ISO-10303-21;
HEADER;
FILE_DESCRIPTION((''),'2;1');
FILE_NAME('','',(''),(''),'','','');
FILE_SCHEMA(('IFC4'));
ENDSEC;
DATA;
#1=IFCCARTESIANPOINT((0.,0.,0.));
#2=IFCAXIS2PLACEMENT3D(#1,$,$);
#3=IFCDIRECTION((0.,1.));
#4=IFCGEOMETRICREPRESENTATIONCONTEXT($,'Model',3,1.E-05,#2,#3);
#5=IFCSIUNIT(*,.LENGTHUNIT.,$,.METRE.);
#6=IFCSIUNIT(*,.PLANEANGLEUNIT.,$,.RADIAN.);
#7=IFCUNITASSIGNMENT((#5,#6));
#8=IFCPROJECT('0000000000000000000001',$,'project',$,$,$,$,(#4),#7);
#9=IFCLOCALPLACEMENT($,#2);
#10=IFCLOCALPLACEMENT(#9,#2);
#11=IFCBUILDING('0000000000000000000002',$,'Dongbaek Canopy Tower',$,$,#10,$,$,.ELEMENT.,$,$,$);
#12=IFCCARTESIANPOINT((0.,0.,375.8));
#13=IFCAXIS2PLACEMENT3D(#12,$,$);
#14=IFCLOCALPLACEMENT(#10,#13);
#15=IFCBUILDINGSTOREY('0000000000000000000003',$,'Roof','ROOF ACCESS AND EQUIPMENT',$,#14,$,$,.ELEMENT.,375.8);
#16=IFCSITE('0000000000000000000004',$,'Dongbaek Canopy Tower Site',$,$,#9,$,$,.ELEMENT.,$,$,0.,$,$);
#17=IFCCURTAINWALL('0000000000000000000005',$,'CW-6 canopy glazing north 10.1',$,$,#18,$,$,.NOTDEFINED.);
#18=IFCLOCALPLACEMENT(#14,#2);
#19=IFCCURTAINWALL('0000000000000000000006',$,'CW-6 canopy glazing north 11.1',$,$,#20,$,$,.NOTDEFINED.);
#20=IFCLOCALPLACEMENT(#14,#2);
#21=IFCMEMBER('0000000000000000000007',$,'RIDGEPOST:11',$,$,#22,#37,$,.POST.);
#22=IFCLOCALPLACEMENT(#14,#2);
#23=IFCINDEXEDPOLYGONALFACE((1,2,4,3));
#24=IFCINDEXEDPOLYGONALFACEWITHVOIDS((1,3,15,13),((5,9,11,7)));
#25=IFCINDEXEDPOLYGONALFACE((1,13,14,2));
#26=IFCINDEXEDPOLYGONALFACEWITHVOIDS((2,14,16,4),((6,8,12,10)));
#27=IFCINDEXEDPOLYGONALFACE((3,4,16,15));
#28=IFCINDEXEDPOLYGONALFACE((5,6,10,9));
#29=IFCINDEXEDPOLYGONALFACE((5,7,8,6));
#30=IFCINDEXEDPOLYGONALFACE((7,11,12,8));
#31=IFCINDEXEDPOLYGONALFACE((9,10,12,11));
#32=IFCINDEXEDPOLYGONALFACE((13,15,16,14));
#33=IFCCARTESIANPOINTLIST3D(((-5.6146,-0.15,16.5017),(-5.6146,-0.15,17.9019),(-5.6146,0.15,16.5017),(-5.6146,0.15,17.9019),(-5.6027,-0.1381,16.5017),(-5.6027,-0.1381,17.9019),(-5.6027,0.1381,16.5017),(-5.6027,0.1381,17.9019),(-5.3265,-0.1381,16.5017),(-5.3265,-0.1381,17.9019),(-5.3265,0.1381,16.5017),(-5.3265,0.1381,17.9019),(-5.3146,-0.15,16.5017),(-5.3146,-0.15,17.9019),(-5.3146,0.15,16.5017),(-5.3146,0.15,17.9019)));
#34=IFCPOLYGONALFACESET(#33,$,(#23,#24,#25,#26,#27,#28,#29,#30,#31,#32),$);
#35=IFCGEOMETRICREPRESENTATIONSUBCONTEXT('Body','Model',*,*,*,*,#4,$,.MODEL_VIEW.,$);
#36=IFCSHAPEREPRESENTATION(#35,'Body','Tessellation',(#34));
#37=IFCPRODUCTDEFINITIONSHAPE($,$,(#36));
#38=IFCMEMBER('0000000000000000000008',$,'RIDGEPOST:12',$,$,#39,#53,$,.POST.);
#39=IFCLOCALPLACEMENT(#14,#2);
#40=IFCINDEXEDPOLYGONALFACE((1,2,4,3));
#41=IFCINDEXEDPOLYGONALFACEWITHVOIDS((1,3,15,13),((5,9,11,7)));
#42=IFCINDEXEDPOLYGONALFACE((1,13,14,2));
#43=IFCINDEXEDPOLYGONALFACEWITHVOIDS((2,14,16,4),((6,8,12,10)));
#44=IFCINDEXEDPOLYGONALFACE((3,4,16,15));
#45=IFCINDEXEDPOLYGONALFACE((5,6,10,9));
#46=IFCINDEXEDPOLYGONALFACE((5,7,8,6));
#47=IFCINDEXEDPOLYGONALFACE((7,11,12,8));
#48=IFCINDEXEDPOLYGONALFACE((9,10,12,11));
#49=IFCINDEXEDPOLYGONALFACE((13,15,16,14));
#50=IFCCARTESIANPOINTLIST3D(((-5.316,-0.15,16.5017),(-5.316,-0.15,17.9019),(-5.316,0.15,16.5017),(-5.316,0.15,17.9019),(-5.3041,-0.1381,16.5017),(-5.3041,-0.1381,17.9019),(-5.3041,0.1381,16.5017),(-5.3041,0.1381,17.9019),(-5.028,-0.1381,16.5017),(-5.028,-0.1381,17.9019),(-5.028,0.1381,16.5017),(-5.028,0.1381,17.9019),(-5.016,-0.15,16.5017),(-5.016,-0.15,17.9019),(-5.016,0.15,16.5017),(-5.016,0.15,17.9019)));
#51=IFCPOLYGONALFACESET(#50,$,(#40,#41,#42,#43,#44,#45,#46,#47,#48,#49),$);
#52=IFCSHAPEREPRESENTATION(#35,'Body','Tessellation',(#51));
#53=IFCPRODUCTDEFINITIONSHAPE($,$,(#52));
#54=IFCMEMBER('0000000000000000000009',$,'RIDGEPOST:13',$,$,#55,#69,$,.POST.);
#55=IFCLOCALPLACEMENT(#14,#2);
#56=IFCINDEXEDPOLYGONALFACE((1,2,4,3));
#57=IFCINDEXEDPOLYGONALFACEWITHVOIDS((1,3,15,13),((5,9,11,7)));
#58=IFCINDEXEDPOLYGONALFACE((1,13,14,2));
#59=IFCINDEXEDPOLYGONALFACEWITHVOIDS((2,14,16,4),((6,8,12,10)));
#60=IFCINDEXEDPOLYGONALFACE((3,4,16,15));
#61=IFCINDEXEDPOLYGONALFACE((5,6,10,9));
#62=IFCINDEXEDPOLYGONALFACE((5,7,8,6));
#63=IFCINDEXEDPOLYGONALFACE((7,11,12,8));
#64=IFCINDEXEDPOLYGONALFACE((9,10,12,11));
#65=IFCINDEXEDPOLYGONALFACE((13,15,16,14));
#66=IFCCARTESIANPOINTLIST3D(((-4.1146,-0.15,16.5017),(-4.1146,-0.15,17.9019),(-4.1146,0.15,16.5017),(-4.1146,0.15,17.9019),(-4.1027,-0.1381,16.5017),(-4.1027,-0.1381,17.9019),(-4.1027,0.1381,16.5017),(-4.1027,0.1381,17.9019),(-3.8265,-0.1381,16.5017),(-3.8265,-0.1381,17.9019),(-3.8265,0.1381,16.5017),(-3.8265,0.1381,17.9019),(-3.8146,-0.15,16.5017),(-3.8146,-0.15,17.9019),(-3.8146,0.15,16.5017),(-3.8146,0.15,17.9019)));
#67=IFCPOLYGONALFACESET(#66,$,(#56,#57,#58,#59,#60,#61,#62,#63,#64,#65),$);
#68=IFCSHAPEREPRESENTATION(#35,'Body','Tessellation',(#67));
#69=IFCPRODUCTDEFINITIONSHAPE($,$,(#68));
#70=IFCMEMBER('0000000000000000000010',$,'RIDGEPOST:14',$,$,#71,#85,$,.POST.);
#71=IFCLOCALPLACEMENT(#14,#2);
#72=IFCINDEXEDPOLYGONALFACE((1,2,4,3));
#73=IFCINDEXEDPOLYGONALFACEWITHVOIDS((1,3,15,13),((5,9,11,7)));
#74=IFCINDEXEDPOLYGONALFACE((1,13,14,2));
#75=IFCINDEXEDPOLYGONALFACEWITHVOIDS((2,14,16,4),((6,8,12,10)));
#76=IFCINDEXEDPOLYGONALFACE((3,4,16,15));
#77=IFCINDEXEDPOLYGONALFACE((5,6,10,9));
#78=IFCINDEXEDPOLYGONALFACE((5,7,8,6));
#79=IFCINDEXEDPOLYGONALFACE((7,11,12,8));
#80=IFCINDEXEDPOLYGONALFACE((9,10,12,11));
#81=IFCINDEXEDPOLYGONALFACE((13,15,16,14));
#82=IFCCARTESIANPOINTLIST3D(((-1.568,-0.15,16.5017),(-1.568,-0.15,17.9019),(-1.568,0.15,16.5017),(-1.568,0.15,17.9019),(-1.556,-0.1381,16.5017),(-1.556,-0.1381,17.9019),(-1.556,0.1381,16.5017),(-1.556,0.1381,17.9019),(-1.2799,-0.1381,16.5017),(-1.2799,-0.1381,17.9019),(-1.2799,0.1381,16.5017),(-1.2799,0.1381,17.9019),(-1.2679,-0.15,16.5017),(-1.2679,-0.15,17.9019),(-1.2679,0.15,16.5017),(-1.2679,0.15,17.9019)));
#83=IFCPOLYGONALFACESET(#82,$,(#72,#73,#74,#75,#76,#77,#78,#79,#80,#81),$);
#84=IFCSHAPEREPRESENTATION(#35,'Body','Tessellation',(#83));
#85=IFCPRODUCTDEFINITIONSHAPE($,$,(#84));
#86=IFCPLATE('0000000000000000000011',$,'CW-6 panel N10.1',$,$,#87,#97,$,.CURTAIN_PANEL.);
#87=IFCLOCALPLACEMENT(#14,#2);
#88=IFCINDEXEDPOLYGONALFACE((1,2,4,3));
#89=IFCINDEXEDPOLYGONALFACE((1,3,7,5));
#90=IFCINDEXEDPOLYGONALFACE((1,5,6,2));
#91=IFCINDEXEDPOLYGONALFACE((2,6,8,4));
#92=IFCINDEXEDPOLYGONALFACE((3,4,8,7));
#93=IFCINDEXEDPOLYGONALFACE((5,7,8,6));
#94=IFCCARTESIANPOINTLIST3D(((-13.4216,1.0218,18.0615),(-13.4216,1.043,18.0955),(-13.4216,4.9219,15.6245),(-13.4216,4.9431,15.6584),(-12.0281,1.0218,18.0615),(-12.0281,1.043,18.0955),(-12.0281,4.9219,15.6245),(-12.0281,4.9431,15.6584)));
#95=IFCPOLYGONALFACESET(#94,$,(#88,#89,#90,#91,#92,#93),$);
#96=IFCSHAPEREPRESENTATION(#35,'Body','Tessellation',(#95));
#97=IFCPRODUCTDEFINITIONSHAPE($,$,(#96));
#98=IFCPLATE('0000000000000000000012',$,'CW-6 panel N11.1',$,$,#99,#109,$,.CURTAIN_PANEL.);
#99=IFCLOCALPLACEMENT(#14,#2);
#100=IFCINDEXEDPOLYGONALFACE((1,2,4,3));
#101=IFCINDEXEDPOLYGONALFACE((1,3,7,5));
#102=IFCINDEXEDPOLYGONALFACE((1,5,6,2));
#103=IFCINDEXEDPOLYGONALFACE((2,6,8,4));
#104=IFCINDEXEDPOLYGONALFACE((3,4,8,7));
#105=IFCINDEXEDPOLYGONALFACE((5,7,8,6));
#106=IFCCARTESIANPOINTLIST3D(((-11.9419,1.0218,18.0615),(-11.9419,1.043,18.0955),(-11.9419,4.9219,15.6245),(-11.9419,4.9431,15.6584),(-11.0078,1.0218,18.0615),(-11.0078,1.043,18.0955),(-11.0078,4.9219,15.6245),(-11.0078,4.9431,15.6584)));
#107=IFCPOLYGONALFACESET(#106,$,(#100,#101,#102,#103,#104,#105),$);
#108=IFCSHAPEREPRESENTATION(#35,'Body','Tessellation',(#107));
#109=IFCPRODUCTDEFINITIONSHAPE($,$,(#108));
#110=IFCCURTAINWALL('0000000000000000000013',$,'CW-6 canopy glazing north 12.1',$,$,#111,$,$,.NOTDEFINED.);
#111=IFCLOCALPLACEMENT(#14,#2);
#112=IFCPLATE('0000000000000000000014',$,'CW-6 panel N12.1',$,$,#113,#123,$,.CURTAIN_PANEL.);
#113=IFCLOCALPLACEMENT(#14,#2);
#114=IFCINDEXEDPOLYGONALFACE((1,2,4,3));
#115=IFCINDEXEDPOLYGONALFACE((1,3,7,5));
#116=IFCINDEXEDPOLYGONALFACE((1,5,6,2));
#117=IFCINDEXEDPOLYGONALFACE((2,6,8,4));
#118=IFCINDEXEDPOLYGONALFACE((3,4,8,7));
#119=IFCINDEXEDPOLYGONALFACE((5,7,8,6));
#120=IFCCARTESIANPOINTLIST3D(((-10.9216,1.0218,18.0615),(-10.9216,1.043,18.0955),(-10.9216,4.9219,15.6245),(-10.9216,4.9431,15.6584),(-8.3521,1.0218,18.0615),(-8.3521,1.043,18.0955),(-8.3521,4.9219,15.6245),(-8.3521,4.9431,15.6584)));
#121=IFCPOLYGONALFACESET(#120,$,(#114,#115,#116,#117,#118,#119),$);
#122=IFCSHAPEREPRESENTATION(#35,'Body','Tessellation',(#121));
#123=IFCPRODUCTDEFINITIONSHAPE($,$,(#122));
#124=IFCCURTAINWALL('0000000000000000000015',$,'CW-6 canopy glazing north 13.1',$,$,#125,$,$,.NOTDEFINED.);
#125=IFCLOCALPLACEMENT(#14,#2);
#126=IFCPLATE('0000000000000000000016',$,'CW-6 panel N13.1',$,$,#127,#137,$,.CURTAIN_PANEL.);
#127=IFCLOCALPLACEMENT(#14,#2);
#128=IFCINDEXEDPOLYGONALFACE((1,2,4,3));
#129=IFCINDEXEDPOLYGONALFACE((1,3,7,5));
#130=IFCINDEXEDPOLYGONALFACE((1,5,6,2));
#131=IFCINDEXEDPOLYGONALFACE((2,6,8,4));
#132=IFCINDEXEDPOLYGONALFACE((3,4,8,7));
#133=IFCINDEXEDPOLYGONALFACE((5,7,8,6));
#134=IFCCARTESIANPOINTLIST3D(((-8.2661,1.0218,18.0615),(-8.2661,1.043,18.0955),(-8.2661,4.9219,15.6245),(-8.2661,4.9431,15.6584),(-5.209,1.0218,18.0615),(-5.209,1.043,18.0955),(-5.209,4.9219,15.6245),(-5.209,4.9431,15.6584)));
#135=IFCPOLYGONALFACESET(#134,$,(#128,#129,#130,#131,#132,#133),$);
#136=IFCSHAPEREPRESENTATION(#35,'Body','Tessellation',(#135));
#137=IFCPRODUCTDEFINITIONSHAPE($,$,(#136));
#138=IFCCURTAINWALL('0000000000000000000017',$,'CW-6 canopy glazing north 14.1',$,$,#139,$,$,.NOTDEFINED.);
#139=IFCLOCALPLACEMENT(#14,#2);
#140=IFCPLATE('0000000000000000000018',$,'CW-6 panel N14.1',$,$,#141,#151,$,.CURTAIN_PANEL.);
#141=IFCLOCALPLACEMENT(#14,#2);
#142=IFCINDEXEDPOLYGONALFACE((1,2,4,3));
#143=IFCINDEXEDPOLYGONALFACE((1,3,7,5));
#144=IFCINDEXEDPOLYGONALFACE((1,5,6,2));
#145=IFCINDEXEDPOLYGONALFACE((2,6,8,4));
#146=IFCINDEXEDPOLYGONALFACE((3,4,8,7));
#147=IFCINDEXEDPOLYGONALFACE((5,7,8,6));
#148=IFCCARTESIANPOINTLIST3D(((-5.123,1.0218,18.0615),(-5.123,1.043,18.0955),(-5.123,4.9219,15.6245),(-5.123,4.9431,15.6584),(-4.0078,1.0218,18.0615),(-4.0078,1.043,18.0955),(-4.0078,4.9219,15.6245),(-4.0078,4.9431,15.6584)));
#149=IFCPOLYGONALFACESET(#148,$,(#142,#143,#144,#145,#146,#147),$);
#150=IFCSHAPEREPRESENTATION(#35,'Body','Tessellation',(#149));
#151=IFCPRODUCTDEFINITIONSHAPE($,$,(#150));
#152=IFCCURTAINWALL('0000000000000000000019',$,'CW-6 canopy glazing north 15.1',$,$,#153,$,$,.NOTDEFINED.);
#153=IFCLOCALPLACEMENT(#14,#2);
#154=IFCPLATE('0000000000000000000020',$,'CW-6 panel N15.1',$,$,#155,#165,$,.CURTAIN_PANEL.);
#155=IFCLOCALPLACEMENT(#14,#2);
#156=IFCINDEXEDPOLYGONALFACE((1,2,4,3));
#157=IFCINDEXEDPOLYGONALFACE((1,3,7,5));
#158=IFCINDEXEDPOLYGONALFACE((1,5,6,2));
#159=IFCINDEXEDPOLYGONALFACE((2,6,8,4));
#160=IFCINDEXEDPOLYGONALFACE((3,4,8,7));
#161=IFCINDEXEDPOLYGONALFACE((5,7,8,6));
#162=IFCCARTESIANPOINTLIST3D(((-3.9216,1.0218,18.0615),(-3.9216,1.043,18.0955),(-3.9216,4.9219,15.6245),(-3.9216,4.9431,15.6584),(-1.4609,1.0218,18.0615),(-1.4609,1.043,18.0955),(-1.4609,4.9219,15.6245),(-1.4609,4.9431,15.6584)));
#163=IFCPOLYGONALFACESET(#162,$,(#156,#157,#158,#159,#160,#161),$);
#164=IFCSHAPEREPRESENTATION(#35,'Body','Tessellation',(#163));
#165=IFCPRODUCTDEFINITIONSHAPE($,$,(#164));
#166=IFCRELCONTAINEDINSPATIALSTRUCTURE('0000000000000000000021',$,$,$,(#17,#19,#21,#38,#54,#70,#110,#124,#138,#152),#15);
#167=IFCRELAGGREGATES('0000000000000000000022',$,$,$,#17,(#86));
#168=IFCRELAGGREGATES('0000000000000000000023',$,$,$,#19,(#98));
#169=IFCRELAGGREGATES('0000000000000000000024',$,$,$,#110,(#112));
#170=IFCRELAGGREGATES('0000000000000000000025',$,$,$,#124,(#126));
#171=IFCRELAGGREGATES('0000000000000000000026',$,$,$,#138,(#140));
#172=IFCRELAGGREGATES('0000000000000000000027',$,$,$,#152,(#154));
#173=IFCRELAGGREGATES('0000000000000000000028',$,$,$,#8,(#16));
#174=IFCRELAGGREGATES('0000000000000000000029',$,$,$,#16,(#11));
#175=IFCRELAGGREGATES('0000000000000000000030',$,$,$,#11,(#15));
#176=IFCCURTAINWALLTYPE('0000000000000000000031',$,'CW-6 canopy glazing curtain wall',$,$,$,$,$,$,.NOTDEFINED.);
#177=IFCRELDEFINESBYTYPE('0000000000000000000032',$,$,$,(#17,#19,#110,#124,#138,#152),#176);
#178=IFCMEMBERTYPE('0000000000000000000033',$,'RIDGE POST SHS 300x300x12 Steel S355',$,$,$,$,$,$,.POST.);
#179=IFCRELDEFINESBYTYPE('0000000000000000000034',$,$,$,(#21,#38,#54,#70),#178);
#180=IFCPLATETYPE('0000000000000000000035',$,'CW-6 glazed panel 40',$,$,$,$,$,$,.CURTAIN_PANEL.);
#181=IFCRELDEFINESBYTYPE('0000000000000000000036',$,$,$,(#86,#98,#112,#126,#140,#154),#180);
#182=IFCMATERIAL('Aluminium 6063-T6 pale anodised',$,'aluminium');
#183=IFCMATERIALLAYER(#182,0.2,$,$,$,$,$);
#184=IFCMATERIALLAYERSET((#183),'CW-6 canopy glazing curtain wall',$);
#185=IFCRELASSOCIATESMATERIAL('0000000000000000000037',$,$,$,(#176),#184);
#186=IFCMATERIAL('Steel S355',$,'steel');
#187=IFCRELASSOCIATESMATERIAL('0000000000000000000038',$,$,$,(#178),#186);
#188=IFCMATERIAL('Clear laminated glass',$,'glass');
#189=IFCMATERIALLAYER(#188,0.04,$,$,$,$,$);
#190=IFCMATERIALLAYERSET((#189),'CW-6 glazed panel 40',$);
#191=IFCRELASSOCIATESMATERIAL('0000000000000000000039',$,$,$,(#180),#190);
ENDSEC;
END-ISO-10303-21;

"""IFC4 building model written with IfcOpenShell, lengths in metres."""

from ifc_helpers import new_model, si_unit, direction, frame, origin, origin_2d, place, context, subcontext, project, spatial, polyline, hollow_rectangle, outline, extrude, material, layer, layer_set, material_profile, profile_set, type_object, element, aggregate, save


model = new_model("IFC4")

# Units and contexts
model_context = context("Model", 3, precision=1e-05, world=origin(), true_north=direction((0.0, 1.0)))
body_context = subcontext(model_context, "Body", "Model", "MODEL_VIEW")
ifc_project = project(units=[si_unit("LENGTHUNIT", "METRE"), si_unit("PLANEANGLEUNIT", "RADIAN")], contexts=[model_context])

# Site, building, storey
site_placement = place(None, origin())
site = spatial("IfcSite", under=ifc_project, at=site_placement, Name="Dongbaek Canopy Tower Site", CompositionType="ELEMENT", RefElevation=0.0)
building_placement = place(site_placement, origin())
building = spatial("IfcBuilding", under=site, at=building_placement, Name="Dongbaek Canopy Tower", CompositionType="ELEMENT")
storey_placement = place(building_placement, frame((0.0, 0.0, 375.8)))
storey = spatial("IfcBuildingStorey", under=building, at=storey_placement, Name="Roof", Description="ROOF ACCESS AND EQUIPMENT", CompositionType="ELEMENT", Elevation=375.8)

# Shared definitions
ifc_material_1 = material(Name="Aluminium 6063-T6 pale anodised", Category="aluminium")
ifc_layer_1 = layer(ifc_material_1, 0.2)
ifc_layer_set_1 = layer_set([ifc_layer_1], Name="CW-6 canopy glazing curtain wall")
curtain_wall_type = type_object("IfcCurtainWallType", Name="CW-6 canopy glazing curtain wall", PredefinedType="NOTDEFINED", material=ifc_layer_set_1)

# Curtain wall
curtain_wall_1_placement = place(storey_placement, origin())
curtain_wall_1 = element("IfcCurtainWall", 1, at=curtain_wall_1_placement, inside=storey, type_object=curtain_wall_type, Name="CW-6 canopy glazing north 10.1", PredefinedType="NOTDEFINED")

# Curtain wall
curtain_wall_2_placement = place(storey_placement, origin())
curtain_wall_2 = element("IfcCurtainWall", 2, at=curtain_wall_2_placement, inside=storey, type_object=curtain_wall_type, Name="CW-6 canopy glazing north 11.1", PredefinedType="NOTDEFINED")

# Members
ifc_material_2 = material(Name="Steel S355", Category="steel")
ifc_material_profile_1 = material_profile(ifc_material_2, hollow_rectangle(XDim=0.3, YDim=0.3, WallThickness=0.012, at=origin_2d()), Name="RIDGE POST SHS 300x300x12 Steel S355")
ifc_profile_set_1 = profile_set([ifc_material_profile_1], Name="Steel S355")
member_type_1 = type_object("IfcMemberType", Name="RIDGE POST SHS 300x300x12 Steel S355", PredefinedType="POST", material=ifc_profile_set_1)
for number, where, z_axis, x_axis, name in (
    (3, (-5.4646, 0.0, 16.5017), (0.0, 0.0, 1.0), (1.0, 0.0, 0.0), "RIDGEPOST:11"),
    (4, (-5.166, 0.0, 16.5017), (0.0, 0.0, 1.0), (1.0, 0.0, 0.0), "RIDGEPOST:12"),
    (5, (-3.9646, 0.0, 16.5017), (0.0, 0.0, 1.0), (1.0, 0.0, 0.0), "RIDGEPOST:13"),
    (6, (-1.418, 0.0, 16.5017), (0.0, 0.0, 1.0), (1.0, 0.0, 0.0), "RIDGEPOST:14"),
):
    element("IfcMember", number, at=place(storey_placement, frame(where, z_axis=z_axis, x_axis=x_axis)), inside=storey, type_object=member_type_1, Name=name, PredefinedType="POST", context=body_context, shape_type="SweptSolid", body=[
        extrude(hollow_rectangle(XDim=0.3, YDim=0.3, WallThickness=0.012, at=origin_2d()), origin(), (0.0, 0.0, 1.0), 1.4001),
    ])

# Plates
ifc_material_3 = material(Name="Clear laminated glass", Category="glass")
ifc_layer_2 = layer(ifc_material_3, 0.04)
ifc_layer_set_2 = layer_set([ifc_layer_2], Name="CW-6 glazed panel 40")
plate_type = type_object("IfcPlateType", Name="CW-6 glazed panel 40", PredefinedType="CURTAIN_PANEL", material=ifc_layer_set_2)
plate_1_placement = place(storey_placement, frame((-12.0281, 1.043, 18.0955), z_axis=(0.0, 0.529908, 0.848055), x_axis=(-1.0, 0.0, 0.0)))
plate_1 = element("IfcPlate", 7, at=plate_1_placement, type_object=plate_type, Name="CW-6 panel N10.1", PredefinedType="CURTAIN_PANEL", context=body_context, shape_type="SweptSolid", body=[
    extrude(outline(polyline([(0.0, 0.0), (1.3936, 0.0), (1.3936, -4.5989), (0.0, -4.5989), (0.0, 0.0)])), origin(), (0.0, 0.0, -1.0), 0.04),
])
aggregate(curtain_wall_1, [plate_1])
plate_2_placement = place(storey_placement, frame((-11.0078, 1.043, 18.0955), z_axis=(0.0, 0.529908, 0.848055), x_axis=(-1.0, 0.0, 0.0)))
plate_2 = element("IfcPlate", 8, at=plate_2_placement, type_object=plate_type, Name="CW-6 panel N11.1", PredefinedType="CURTAIN_PANEL", context=body_context, shape_type="SweptSolid", body=[
    extrude(outline(polyline([(0.0, 0.0), (0.9341, 0.0), (0.9341, -4.5989), (0.0, -4.5989), (0.0, 0.0)])), origin(), (0.0, 0.0, -1.0), 0.04),
])
aggregate(curtain_wall_2, [plate_2])

# Curtain walls, plates
curtain_wall_3_placement = place(storey_placement, origin())
curtain_wall_3 = element("IfcCurtainWall", 9, at=curtain_wall_3_placement, inside=storey, type_object=curtain_wall_type, Name="CW-6 canopy glazing north 12.1", PredefinedType="NOTDEFINED")
plate_3_placement = place(storey_placement, frame((-8.3521, 1.043, 18.0955), z_axis=(0.0, 0.529908, 0.848055), x_axis=(-1.0, 0.0, 0.0)))
plate_3 = element("IfcPlate", 10, at=plate_3_placement, type_object=plate_type, Name="CW-6 panel N12.1", PredefinedType="CURTAIN_PANEL", context=body_context, shape_type="SweptSolid", body=[
    extrude(outline(polyline([(0.0, 0.0), (2.5696, 0.0), (2.5696, -4.5989), (0.0, -4.5989), (0.0, 0.0)])), origin(), (0.0, 0.0, -1.0), 0.04),
])
aggregate(curtain_wall_3, [plate_3])
curtain_wall_4_placement = place(storey_placement, origin())
curtain_wall_4 = element("IfcCurtainWall", 11, at=curtain_wall_4_placement, inside=storey, type_object=curtain_wall_type, Name="CW-6 canopy glazing north 13.1", PredefinedType="NOTDEFINED")
plate_4_placement = place(storey_placement, frame((-5.209, 1.043, 18.0955), z_axis=(0.0, 0.529908, 0.848055), x_axis=(-1.0, 0.0, 0.0)))
plate_4 = element("IfcPlate", 12, at=plate_4_placement, type_object=plate_type, Name="CW-6 panel N13.1", PredefinedType="CURTAIN_PANEL", context=body_context, shape_type="SweptSolid", body=[
    extrude(outline(polyline([(0.0, 0.0), (3.0571, 0.0), (3.0571, -4.5989), (0.0, -4.5989), (0.0, 0.0)])), origin(), (0.0, 0.0, -1.0), 0.04),
])
aggregate(curtain_wall_4, [plate_4])
curtain_wall_5_placement = place(storey_placement, origin())
curtain_wall_5 = element("IfcCurtainWall", 13, at=curtain_wall_5_placement, inside=storey, type_object=curtain_wall_type, Name="CW-6 canopy glazing north 14.1", PredefinedType="NOTDEFINED")
plate_5_placement = place(storey_placement, frame((-4.0078, 1.043, 18.0955), z_axis=(0.0, 0.529908, 0.848055), x_axis=(-1.0, 0.0, 0.0)))
plate_5 = element("IfcPlate", 14, at=plate_5_placement, type_object=plate_type, Name="CW-6 panel N14.1", PredefinedType="CURTAIN_PANEL", context=body_context, shape_type="SweptSolid", body=[
    extrude(outline(polyline([(0.0, 0.0), (1.1152, 0.0), (1.1152, -4.5989), (0.0, -4.5989), (0.0, 0.0)])), origin(), (0.0, 0.0, -1.0), 0.04),
])
aggregate(curtain_wall_5, [plate_5])
curtain_wall_6_placement = place(storey_placement, origin())
curtain_wall_6 = element("IfcCurtainWall", 15, at=curtain_wall_6_placement, inside=storey, type_object=curtain_wall_type, Name="CW-6 canopy glazing north 15.1", PredefinedType="NOTDEFINED")
plate_6_placement = place(storey_placement, frame((-1.4609, 1.043, 18.0955), z_axis=(0.0, 0.529908, 0.848055), x_axis=(-1.0, 0.0, 0.0)))
plate_6 = element("IfcPlate", 16, at=plate_6_placement, type_object=plate_type, Name="CW-6 panel N15.1", PredefinedType="CURTAIN_PANEL", context=body_context, shape_type="SweptSolid", body=[
    extrude(outline(polyline([(0.0, 0.0), (2.4607, 0.0), (2.4607, -4.5989), (0.0, -4.5989), (0.0, 0.0)])), origin(), (0.0, 0.0, -1.0), 0.04),
])
aggregate(curtain_wall_6, [plate_6])

save(model, "model.ifc")
